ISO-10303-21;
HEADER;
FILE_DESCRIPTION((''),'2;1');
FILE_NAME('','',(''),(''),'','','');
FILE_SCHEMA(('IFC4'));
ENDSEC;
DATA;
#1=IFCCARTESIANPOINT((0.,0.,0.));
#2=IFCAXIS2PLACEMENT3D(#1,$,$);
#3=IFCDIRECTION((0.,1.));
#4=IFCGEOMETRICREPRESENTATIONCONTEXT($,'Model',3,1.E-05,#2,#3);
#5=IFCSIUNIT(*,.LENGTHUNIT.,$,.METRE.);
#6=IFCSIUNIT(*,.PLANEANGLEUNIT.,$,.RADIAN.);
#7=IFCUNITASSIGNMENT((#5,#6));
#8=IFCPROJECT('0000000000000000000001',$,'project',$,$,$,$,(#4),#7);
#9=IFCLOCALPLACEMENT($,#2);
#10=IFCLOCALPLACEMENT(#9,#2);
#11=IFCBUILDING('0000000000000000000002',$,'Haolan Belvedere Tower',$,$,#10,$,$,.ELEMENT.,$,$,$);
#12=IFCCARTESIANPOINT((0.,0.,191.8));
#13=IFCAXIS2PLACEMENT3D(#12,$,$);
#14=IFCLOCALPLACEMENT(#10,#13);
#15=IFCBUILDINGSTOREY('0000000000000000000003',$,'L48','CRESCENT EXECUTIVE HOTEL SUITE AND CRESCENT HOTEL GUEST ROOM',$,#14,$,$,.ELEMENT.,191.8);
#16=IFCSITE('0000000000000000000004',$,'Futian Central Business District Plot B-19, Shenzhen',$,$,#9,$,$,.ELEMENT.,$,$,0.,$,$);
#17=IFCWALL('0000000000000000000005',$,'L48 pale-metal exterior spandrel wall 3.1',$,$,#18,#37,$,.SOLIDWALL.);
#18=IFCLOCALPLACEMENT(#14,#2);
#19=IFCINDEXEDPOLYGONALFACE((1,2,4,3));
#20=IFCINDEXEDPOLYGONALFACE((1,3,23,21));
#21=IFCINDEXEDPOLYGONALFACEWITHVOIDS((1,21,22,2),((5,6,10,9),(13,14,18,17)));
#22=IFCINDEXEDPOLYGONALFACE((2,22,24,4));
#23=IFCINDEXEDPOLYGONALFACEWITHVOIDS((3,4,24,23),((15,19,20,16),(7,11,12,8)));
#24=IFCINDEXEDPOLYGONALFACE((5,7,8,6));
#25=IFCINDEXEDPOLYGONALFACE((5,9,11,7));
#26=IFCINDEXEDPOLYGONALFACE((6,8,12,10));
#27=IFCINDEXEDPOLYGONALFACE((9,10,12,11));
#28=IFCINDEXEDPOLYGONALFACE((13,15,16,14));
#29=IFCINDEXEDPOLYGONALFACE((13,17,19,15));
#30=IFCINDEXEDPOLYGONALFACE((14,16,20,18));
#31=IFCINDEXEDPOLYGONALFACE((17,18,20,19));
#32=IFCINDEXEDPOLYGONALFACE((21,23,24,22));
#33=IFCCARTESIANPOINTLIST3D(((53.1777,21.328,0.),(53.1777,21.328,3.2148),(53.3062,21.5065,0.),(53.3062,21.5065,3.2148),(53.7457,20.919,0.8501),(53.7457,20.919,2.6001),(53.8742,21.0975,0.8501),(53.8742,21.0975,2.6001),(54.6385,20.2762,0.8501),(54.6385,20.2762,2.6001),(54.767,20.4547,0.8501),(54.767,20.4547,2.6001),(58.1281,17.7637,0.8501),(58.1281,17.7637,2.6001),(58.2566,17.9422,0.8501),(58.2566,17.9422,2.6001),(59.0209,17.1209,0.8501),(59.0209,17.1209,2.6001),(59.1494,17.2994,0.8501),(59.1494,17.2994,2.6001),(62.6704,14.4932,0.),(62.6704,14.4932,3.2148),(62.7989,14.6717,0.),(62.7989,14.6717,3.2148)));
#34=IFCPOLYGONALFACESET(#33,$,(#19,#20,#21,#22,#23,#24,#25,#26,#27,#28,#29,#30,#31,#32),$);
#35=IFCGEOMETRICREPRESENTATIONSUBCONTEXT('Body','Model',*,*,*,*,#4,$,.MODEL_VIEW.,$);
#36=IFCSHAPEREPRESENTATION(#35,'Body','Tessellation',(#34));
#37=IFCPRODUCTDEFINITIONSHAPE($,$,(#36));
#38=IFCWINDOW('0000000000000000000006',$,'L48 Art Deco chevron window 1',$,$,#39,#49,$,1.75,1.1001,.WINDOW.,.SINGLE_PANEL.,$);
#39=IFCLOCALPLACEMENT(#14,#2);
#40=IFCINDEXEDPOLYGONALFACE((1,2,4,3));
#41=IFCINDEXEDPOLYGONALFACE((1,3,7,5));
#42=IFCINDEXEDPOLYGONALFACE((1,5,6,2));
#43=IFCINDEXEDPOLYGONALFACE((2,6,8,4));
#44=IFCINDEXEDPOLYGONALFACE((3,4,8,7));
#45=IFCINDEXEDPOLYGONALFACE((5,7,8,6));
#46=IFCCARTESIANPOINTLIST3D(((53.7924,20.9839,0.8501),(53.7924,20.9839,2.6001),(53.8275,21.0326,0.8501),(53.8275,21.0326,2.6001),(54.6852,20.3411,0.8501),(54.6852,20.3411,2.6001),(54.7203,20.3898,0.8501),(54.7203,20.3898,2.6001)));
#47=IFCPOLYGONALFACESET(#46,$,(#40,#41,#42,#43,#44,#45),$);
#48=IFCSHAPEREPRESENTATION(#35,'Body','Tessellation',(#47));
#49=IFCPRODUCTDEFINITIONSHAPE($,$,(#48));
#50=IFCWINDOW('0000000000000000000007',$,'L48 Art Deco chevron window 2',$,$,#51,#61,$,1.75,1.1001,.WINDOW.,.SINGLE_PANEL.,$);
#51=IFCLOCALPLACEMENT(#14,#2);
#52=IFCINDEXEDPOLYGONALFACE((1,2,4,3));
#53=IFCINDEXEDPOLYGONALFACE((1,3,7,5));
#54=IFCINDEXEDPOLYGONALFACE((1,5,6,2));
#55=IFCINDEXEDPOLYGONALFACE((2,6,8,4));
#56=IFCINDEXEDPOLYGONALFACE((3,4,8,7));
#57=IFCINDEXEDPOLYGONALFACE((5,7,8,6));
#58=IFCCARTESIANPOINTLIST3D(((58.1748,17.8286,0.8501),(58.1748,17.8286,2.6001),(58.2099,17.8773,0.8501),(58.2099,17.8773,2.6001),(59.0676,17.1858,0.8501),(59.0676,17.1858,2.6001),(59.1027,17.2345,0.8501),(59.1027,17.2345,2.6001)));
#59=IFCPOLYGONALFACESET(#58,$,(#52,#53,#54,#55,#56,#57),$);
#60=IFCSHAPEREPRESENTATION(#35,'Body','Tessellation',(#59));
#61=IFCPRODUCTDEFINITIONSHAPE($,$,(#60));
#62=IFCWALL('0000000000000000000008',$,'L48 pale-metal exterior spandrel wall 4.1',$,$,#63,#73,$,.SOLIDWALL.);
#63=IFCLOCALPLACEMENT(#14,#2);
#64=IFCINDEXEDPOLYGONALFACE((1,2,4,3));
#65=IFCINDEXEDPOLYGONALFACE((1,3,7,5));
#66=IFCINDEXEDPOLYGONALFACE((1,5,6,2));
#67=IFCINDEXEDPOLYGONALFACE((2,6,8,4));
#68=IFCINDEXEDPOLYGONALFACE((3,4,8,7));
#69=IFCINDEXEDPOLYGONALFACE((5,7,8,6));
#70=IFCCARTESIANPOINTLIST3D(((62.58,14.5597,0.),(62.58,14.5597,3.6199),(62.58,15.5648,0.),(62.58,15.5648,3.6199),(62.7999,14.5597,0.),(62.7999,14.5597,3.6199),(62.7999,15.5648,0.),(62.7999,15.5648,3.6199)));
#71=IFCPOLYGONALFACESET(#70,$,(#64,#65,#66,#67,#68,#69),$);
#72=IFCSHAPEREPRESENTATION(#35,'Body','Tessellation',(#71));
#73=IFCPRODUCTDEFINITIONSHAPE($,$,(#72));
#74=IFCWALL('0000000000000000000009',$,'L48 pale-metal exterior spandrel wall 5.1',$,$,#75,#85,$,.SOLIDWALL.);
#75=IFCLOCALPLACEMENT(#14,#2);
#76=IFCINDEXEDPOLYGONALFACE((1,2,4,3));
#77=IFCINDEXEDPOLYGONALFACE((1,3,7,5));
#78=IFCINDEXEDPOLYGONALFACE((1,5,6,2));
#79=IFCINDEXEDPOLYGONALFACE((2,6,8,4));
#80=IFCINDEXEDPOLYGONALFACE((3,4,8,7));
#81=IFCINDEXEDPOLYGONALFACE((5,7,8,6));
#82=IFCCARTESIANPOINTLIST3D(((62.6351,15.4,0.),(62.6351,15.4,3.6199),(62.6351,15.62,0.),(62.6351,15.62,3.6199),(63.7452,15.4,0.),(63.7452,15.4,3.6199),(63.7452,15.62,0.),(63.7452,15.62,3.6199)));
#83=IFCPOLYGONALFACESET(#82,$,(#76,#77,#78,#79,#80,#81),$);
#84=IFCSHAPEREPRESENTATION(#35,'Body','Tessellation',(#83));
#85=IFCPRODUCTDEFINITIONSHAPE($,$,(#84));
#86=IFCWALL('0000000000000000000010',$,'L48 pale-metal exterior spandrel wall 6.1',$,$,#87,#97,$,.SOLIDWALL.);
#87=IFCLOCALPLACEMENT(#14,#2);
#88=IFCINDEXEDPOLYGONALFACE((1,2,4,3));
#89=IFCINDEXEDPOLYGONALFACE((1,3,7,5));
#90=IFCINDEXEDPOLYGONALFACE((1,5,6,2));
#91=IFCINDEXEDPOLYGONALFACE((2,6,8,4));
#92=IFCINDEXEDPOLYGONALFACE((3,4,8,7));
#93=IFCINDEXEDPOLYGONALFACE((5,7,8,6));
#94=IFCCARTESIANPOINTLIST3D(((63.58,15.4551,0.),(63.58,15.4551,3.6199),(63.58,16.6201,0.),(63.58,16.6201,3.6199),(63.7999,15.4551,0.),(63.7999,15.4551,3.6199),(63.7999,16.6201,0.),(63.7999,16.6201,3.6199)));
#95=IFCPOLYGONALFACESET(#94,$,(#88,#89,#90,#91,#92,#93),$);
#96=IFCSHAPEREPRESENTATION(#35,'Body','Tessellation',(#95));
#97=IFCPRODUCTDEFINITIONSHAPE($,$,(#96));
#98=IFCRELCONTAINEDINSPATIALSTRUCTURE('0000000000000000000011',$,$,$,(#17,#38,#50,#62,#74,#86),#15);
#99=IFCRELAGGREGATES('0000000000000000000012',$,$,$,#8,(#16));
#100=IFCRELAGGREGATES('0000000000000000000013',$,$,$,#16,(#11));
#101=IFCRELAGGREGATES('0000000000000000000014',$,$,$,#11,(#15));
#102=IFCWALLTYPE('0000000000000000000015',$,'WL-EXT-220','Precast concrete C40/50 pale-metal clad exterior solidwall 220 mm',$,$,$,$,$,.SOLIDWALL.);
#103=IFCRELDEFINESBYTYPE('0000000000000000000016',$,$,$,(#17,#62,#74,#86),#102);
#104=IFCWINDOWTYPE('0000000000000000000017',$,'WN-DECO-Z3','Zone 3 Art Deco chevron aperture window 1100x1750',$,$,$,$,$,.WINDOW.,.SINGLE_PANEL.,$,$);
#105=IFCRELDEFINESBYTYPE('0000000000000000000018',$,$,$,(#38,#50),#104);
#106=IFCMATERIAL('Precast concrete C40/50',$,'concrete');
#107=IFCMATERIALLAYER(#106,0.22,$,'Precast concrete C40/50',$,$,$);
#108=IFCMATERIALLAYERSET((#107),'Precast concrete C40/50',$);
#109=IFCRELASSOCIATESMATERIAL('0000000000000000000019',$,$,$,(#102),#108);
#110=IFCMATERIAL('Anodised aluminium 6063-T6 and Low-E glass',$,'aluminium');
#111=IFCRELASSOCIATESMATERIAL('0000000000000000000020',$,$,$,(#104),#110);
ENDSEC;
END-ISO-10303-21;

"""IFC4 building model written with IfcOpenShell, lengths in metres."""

from ifc_helpers import new_model, si_unit, direction, frame, frame_2d, origin, place, context, subcontext, project, spatial, rectangle, extrude, material, layer, layer_set, type_object, element, fill, save


model = new_model("IFC4")

# Units and contexts
model_context = context("Model", 3, precision=1e-05, world=origin(), true_north=direction((0.0, 1.0)))
body_context = subcontext(model_context, "Body", "Model", "MODEL_VIEW")
ifc_project = project(units=[si_unit("LENGTHUNIT", "METRE"), si_unit("PLANEANGLEUNIT", "RADIAN")], contexts=[model_context])

# Site, building, storey
site_placement = place(None, origin())
site = spatial("IfcSite", under=ifc_project, at=site_placement, Name="Futian Central Business District Plot B-19, Shenzhen", CompositionType="ELEMENT", RefElevation=0.0)
building_placement = place(site_placement, origin())
building = spatial("IfcBuilding", under=site, at=building_placement, Name="Haolan Belvedere Tower", CompositionType="ELEMENT")
storey_placement = place(building_placement, frame((0.0, 0.0, 191.8)))
storey = spatial("IfcBuildingStorey", under=building, at=storey_placement, Name="L48", Description="CRESCENT EXECUTIVE HOTEL SUITE AND CRESCENT HOTEL GUEST ROOM", CompositionType="ELEMENT", Elevation=191.8)

# Wall, openings, windows
ifc_material_1 = material(Name="Precast concrete C40/50", Category="concrete")
ifc_layer_1 = layer(ifc_material_1, 0.22, Name="Precast concrete C40/50")
ifc_layer_set_1 = layer_set([ifc_layer_1], Name="Precast concrete C40/50")
wall_type_1 = type_object("IfcWallType", Name="WL-EXT-220", Description="Precast concrete C40/50 pale-metal clad exterior solidwall 220 mm", PredefinedType="SOLIDWALL", material=ifc_layer_set_1)
wall_1_placement = place(storey_placement, frame((53.2419, 21.4172, 0.0), z_axis=(0.0, 0.0, 1.0), x_axis=(0.811535, -0.584304, 0.0)))
wall_1 = element("IfcWall", 1, at=wall_1_placement, inside=storey, type_object=wall_type_1, Name="L48 pale-metal exterior spandrel wall 3.1", PredefinedType="SOLIDWALL", context=body_context, shape_type="SweptSolid", body=[
    extrude(rectangle(XDim=11.6973, YDim=0.22, at=frame_2d((5.8486, 0.0))), origin(), (0.0, 0.0, 1.0), 3.2148),
])
opening_1_placement = place(wall_1_placement, frame((0.7, 0.0, 0.8501)))
opening_1 = element("IfcOpeningElement", 2, at=opening_1_placement, cuts=wall_1, PredefinedType="OPENING", context=body_context, shape_type="SweptSolid", body=[
    extrude(rectangle(XDim=1.1001, YDim=1.75, at=frame_2d((0.55, 0.875))), frame((0.0, 0.1199, 0.0), z_axis=(0.0, -1.0, 0.0), x_axis=(1.0, 0.0, 0.0)), (0.0, 0.0, 1.0), 0.24),
])
opening_2_placement = place(wall_1_placement, frame((6.1001, 0.0, 0.8501)))
opening_2 = element("IfcOpeningElement", 3, at=opening_2_placement, cuts=wall_1, PredefinedType="OPENING", context=body_context, shape_type="SweptSolid", body=[
    extrude(rectangle(XDim=1.1001, YDim=1.75, at=frame_2d((0.55, 0.875))), frame((0.0, 0.1199, 0.0), z_axis=(0.0, -1.0, 0.0), x_axis=(1.0, 0.0, 0.0)), (0.0, 0.0, 1.0), 0.24),
])
ifc_material_2 = material(Name="Anodised aluminium 6063-T6 and Low-E glass", Category="aluminium")
window_type = type_object("IfcWindowType", Name="WN-DECO-Z3", Description="Zone 3 Art Deco chevron aperture window 1100x1750", PartitioningType="SINGLE_PANEL", PredefinedType="WINDOW", material=ifc_material_2)
window_1_placement = place(opening_1_placement, origin())
window_1 = element("IfcWindow", 4, at=window_1_placement, inside=storey, type_object=window_type, Name="L48 Art Deco chevron window 1", OverallHeight=1.75, OverallWidth=1.1001, PartitioningType="SINGLE_PANEL", PredefinedType="WINDOW", context=body_context, shape_type="SweptSolid", body=[
    extrude(rectangle(XDim=1.1001, YDim=1.75, at=frame_2d((0.55, 0.875))), frame((0.0, 0.03, 0.0), z_axis=(0.0, -1.0, 0.0), x_axis=(1.0, 0.0, 0.0)), (0.0, 0.0, 1.0), 0.0601),
])
fill(opening_1, window_1)
window_2_placement = place(opening_2_placement, origin())
window_2 = element("IfcWindow", 5, at=window_2_placement, inside=storey, type_object=window_type, Name="L48 Art Deco chevron window 2", OverallHeight=1.75, OverallWidth=1.1001, PartitioningType="SINGLE_PANEL", PredefinedType="WINDOW", context=body_context, shape_type="SweptSolid", body=[
    extrude(rectangle(XDim=1.1001, YDim=1.75, at=frame_2d((0.55, 0.875))), frame((0.0, 0.03, 0.0), z_axis=(0.0, -1.0, 0.0), x_axis=(1.0, 0.0, 0.0)), (0.0, 0.0, 1.0), 0.0601),
])
fill(opening_2, window_2)

# Walls
wall_2_placement = place(storey_placement, frame((62.6899, 14.5598, 0.0), z_axis=(0.0, 0.0, 1.0), x_axis=(0.0, 1.0, 0.0)))
element("IfcWall", 6, at=wall_2_placement, inside=storey, type_object=wall_type_1, Name="L48 pale-metal exterior spandrel wall 4.1", PredefinedType="SOLIDWALL", context=body_context, shape_type="SweptSolid", body=[
    extrude(rectangle(XDim=1.0051, YDim=0.22, at=frame_2d((0.5024, 0.0))), origin(), (0.0, 0.0, 1.0), 3.6199),
])
wall_3_placement = place(storey_placement, frame((62.635, 15.51, 0.0), z_axis=(0.0, 0.0, 1.0), x_axis=(1.0, 0.0, 0.0)))
element("IfcWall", 7, at=wall_3_placement, inside=storey, type_object=wall_type_1, Name="L48 pale-metal exterior spandrel wall 5.1", PredefinedType="SOLIDWALL", context=body_context, shape_type="SweptSolid", body=[
    extrude(rectangle(XDim=1.1101, YDim=0.22, at=frame_2d((0.5552, 0.0))), origin(), (0.0, 0.0, 1.0), 3.6199),
])
wall_4_placement = place(storey_placement, frame((63.6899, 15.4551, 0.0), z_axis=(0.0, 0.0, 1.0), x_axis=(0.0, 1.0, 0.0)))
element("IfcWall", 8, at=wall_4_placement, inside=storey, type_object=wall_type_1, Name="L48 pale-metal exterior spandrel wall 6.1", PredefinedType="SOLIDWALL", context=body_context, shape_type="SweptSolid", body=[
    extrude(rectangle(XDim=1.165, YDim=0.22, at=frame_2d((0.5825, 0.0))), origin(), (0.0, 0.0, 1.0), 3.6199),
])

save(model, "model.ifc")
